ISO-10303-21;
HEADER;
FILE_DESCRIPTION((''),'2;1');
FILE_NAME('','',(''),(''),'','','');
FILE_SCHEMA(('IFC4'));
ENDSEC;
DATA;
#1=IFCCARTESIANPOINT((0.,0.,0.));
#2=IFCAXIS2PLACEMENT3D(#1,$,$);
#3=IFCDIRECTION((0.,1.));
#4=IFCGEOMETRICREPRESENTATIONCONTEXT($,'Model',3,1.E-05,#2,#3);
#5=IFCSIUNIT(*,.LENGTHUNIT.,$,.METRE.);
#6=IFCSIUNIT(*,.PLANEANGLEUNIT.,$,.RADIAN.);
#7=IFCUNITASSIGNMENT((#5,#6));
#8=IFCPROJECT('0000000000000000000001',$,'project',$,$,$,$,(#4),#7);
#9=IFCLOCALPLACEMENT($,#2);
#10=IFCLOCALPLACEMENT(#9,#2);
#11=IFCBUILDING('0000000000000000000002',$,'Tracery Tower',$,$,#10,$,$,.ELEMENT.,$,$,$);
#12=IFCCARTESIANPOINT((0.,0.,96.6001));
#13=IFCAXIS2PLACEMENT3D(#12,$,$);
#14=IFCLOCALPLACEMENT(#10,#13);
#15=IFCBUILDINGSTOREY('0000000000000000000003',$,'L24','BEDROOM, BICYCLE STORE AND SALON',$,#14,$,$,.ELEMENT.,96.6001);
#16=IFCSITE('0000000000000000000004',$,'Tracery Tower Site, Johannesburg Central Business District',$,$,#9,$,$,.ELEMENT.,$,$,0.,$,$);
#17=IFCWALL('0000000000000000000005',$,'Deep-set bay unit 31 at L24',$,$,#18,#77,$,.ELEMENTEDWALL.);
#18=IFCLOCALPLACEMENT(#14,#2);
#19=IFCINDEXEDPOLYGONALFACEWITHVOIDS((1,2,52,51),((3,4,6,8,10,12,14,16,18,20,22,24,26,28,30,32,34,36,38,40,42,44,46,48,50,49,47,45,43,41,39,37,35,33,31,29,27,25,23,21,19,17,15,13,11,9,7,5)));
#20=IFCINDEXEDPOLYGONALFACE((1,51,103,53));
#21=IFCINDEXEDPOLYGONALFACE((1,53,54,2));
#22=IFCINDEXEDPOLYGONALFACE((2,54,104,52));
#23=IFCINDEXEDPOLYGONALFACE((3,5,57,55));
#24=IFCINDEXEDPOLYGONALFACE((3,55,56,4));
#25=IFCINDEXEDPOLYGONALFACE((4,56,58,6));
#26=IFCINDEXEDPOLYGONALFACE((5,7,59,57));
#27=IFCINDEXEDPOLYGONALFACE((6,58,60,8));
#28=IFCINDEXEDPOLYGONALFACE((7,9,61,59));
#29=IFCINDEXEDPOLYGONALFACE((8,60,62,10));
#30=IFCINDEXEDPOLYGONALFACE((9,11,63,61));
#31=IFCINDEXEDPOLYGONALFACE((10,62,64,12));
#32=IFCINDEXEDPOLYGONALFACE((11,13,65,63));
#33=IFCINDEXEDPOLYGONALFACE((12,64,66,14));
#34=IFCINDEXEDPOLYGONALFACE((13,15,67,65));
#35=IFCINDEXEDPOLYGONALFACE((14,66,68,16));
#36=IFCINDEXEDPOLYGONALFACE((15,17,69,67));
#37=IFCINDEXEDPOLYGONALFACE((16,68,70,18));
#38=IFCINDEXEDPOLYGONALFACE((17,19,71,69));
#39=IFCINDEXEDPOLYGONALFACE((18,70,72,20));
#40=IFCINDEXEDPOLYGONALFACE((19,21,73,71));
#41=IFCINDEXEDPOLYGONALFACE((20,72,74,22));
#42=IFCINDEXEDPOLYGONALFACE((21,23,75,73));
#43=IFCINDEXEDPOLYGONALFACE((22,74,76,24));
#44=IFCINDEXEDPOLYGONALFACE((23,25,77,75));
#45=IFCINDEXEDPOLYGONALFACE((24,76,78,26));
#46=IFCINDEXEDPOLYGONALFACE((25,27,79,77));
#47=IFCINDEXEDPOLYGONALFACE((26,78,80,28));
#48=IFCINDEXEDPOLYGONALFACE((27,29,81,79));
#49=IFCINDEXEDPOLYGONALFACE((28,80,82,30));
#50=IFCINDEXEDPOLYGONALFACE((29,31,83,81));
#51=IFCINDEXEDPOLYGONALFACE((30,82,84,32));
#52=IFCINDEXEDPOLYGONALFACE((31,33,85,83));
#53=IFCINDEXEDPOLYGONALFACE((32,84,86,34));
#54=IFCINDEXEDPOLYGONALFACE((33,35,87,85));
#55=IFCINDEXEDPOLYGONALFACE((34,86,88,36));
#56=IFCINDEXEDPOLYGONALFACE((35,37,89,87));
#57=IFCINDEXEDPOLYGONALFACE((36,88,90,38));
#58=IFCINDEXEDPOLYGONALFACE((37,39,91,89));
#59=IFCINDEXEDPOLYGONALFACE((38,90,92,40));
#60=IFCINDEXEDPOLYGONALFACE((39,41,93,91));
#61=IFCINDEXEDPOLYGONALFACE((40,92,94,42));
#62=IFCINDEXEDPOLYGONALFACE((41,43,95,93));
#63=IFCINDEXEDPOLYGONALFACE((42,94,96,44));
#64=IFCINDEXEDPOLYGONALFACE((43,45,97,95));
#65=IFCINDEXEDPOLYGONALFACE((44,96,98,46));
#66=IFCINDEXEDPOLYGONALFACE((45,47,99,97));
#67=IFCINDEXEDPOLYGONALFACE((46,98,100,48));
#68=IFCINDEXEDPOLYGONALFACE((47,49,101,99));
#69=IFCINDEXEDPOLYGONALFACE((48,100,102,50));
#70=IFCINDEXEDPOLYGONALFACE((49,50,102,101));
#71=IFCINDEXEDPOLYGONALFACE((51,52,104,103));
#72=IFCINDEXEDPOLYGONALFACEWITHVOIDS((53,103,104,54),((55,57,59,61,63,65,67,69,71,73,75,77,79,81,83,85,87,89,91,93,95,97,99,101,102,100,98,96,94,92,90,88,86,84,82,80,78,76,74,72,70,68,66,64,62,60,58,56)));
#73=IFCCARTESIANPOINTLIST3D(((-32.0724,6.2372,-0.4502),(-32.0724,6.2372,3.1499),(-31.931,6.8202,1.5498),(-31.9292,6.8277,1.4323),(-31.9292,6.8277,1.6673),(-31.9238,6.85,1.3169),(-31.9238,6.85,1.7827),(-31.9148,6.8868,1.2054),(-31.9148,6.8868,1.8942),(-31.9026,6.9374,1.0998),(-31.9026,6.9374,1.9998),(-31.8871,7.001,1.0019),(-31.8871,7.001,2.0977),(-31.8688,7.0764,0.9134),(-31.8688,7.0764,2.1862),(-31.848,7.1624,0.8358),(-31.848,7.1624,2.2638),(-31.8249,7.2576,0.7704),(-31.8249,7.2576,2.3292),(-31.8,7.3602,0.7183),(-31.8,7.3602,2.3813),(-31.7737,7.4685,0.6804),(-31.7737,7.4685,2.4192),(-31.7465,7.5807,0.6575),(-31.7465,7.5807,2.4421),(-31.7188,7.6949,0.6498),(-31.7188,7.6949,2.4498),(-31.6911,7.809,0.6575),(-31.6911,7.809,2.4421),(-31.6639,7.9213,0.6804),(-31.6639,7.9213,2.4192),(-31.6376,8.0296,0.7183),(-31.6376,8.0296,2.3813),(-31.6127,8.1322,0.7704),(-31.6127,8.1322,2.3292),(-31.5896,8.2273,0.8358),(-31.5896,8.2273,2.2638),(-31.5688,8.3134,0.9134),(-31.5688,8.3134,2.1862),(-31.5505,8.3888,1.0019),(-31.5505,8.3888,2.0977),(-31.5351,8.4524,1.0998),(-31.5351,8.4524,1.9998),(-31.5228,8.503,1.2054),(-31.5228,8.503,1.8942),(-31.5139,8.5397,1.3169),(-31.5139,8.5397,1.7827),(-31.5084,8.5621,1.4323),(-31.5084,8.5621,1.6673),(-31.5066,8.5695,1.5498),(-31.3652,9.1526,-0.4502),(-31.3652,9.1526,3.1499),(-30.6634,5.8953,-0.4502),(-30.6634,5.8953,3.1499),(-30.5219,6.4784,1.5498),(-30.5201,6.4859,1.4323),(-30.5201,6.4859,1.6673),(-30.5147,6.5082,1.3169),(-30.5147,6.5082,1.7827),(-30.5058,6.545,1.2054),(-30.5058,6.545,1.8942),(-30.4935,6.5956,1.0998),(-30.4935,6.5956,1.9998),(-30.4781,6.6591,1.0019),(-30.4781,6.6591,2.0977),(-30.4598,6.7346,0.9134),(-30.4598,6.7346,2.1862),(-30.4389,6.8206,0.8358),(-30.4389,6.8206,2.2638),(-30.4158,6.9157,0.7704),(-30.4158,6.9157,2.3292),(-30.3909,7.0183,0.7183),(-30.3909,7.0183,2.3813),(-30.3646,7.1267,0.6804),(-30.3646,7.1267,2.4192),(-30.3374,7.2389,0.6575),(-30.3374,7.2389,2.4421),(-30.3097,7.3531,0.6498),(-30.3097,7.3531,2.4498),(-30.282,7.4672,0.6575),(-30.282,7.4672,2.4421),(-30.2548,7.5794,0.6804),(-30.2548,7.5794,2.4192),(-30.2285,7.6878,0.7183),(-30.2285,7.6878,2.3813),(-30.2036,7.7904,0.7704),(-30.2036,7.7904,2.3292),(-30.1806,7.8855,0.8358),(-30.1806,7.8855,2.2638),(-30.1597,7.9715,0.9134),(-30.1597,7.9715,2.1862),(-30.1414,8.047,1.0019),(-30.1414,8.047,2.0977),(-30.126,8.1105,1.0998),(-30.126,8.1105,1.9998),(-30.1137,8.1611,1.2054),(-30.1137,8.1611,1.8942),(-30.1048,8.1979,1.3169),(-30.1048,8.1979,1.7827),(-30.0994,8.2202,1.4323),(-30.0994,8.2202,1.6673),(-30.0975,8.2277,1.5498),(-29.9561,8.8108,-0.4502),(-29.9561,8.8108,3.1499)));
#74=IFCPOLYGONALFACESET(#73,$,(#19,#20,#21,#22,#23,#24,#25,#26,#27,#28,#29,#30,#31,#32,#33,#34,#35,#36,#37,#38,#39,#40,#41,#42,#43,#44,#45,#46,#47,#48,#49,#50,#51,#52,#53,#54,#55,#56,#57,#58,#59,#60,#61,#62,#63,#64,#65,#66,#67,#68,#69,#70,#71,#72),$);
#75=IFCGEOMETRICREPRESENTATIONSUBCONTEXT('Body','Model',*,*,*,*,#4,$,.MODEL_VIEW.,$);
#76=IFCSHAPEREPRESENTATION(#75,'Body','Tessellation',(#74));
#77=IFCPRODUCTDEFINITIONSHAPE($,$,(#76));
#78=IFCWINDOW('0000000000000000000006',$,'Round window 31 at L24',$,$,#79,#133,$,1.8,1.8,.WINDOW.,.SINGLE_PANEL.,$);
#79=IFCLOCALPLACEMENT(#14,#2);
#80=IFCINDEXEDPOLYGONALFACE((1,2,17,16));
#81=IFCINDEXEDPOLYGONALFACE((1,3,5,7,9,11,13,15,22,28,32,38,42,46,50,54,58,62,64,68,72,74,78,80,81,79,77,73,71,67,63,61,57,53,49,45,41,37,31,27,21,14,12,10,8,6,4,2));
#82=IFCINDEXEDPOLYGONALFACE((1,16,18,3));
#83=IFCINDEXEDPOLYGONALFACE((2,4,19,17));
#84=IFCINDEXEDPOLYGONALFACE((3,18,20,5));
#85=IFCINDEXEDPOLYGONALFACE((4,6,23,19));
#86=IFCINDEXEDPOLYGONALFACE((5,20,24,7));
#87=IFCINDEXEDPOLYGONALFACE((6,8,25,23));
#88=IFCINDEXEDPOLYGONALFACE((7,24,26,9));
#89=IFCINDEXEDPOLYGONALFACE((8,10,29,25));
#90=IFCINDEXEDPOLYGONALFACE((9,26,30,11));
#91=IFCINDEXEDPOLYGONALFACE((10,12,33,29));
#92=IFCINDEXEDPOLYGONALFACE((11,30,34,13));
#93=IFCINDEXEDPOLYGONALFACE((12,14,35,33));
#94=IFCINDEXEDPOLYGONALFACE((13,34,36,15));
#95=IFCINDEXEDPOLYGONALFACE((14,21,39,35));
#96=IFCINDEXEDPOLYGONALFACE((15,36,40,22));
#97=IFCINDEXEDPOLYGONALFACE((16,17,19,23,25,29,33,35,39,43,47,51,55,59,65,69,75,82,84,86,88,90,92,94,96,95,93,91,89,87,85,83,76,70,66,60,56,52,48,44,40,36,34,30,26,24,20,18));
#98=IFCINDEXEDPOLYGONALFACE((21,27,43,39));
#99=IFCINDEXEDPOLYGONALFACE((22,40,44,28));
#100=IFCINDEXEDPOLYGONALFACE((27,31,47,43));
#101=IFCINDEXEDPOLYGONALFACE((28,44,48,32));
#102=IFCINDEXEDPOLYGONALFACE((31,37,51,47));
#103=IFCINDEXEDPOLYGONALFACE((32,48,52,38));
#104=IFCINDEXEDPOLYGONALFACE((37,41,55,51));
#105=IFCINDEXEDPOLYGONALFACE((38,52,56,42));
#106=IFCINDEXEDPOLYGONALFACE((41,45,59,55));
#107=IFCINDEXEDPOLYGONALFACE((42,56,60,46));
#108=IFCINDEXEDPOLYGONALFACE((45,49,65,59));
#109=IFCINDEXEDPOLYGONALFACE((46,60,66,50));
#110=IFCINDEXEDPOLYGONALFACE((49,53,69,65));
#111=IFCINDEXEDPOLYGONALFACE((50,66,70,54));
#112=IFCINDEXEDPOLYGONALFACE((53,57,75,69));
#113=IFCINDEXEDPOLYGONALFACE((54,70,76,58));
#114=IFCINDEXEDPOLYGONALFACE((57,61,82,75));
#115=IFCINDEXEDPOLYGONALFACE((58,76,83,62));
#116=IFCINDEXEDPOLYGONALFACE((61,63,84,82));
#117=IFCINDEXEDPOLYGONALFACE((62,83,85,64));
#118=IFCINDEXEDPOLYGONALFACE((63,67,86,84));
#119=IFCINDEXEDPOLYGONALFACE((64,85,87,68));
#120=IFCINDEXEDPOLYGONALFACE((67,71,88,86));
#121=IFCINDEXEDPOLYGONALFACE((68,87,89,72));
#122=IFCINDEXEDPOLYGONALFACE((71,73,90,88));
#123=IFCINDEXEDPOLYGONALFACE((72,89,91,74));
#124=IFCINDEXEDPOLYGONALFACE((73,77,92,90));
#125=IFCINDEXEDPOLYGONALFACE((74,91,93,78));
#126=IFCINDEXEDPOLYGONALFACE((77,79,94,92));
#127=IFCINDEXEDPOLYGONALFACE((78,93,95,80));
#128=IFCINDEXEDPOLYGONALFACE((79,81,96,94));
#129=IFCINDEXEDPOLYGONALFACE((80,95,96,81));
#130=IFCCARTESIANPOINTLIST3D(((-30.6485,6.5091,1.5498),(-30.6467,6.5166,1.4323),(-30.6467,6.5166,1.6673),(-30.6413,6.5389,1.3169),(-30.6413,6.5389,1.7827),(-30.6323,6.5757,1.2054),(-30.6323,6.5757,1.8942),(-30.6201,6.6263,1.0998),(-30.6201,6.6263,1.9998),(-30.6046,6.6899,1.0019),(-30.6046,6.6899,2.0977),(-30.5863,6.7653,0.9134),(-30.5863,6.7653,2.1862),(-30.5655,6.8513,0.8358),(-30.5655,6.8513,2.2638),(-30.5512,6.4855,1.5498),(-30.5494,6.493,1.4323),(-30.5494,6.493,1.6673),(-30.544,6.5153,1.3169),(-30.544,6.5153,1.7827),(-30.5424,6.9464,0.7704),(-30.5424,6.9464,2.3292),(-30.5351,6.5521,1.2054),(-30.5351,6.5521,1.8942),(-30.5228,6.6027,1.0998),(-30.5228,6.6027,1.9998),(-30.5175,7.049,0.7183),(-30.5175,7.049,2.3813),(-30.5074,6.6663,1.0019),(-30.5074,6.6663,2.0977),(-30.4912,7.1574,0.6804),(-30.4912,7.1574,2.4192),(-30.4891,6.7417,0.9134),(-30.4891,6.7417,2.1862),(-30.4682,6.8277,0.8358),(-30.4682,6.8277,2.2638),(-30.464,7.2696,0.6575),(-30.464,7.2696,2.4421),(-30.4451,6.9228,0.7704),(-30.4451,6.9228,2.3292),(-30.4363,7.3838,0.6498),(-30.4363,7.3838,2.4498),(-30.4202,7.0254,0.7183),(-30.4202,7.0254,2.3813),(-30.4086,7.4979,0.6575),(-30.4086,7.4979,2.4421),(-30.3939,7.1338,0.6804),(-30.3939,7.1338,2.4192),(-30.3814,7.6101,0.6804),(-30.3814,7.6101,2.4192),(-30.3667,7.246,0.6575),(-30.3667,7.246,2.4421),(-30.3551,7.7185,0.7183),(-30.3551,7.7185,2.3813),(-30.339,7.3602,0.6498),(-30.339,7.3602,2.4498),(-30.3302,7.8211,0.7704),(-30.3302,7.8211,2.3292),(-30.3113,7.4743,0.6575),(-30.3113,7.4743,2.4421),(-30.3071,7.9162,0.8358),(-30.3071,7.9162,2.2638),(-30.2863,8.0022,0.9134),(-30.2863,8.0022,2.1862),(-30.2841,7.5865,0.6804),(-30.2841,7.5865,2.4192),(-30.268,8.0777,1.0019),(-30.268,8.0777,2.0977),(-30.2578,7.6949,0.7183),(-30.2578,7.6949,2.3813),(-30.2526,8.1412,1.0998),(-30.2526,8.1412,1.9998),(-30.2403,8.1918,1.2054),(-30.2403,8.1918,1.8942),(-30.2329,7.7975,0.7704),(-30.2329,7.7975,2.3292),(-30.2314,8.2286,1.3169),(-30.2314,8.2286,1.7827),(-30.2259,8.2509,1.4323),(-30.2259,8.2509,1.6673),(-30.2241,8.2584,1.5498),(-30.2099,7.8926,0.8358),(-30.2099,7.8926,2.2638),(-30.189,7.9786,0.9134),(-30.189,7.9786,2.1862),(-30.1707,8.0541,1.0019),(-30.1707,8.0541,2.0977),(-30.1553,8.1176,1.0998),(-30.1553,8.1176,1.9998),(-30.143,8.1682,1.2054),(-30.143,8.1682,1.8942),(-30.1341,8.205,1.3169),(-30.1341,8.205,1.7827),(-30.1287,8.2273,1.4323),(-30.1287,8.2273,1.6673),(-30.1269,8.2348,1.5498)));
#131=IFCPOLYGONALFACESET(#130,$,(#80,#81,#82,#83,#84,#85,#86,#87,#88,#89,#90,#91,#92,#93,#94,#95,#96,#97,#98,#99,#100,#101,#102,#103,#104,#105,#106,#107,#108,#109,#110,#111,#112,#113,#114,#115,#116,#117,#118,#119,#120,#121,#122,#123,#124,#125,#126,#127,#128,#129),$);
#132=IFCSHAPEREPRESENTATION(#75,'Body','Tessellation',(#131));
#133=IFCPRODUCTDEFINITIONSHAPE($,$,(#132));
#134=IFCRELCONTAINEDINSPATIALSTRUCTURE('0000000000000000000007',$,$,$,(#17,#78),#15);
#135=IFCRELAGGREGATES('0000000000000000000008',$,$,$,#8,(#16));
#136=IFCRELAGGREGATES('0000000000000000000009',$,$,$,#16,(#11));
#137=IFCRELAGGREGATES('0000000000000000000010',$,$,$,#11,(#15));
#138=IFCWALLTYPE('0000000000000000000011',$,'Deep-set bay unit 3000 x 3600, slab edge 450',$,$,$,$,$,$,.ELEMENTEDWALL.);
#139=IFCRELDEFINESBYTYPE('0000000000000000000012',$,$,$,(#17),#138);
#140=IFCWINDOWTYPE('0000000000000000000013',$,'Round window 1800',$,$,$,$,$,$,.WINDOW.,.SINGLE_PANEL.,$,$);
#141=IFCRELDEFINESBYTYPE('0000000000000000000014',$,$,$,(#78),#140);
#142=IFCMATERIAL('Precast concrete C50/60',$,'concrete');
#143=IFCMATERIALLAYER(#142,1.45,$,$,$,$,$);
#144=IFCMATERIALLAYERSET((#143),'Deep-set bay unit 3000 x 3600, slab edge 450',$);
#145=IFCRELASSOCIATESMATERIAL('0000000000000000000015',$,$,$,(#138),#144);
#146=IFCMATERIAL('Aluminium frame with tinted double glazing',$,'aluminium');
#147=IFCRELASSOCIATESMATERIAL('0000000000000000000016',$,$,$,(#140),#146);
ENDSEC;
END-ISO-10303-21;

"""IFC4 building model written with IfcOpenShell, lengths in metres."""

from ifc_helpers import new_model, si_unit, direction, frame, frame_2d, origin, origin_2d, place, context, subcontext, project, spatial, rectangle, circle, extrude, material, layer, layer_set, type_object, element, fill, save


model = new_model("IFC4")

# Units and contexts
model_context = context("Model", 3, precision=1e-05, world=origin(), true_north=direction((0.0, 1.0)))
body_context = subcontext(model_context, "Body", "Model", "MODEL_VIEW")
ifc_project = project(units=[si_unit("LENGTHUNIT", "METRE"), si_unit("PLANEANGLEUNIT", "RADIAN")], contexts=[model_context])

# Site, building, storey
site_placement = place(None, origin())
site = spatial("IfcSite", under=ifc_project, at=site_placement, Name="Tracery Tower Site, Johannesburg Central Business District", CompositionType="ELEMENT", RefElevation=0.0)
building_placement = place(site_placement, origin())
building = spatial("IfcBuilding", under=site, at=building_placement, Name="Tracery Tower", CompositionType="ELEMENT")
storey_placement = place(building_placement, frame((0.0, 0.0, 96.6001)))
storey = spatial("IfcBuildingStorey", under=building, at=storey_placement, Name="L24", Description="BEDROOM, BICYCLE STORE AND SALON", CompositionType="ELEMENT", Elevation=96.6001)

# Wall, opening, window
ifc_material_1 = material(Name="Precast concrete C50/60", Category="concrete")
ifc_layer_1 = layer(ifc_material_1, 1.45)
ifc_layer_set_1 = layer_set([ifc_layer_1], Name="Deep-set bay unit 3000 x 3600, slab edge 450")
wall_type_1 = type_object("IfcWallType", Name="Deep-set bay unit 3000 x 3600, slab edge 450", PredefinedType="ELEMENTEDWALL", material=ifc_layer_set_1)
wall_1_placement = place(storey_placement, frame((-30.6606, 8.9817, -0.4502), z_axis=(0.0, 0.0, 1.0), x_axis=(-0.235751, -0.971813, 0.0)))
wall_1 = element("IfcWall", 1, at=wall_1_placement, inside=storey, type_object=wall_type_1, Name="Deep-set bay unit 31 at L24", PredefinedType="ELEMENTEDWALL", context=body_context, shape_type="SweptSolid", body=[
    extrude(rectangle(XDim=3.0, YDim=1.45, at=frame_2d((1.5, 0.0))), origin(), (0.0, 0.0, 1.0), 3.6001),
])
opening_1_placement = place(wall_1_placement, frame((1.5, 0.0, 2.0)))
opening_1 = element("IfcOpeningElement", 2, at=opening_1_placement, cuts=wall_1, PredefinedType="OPENING", context=body_context, shape_type="SweptSolid", body=[
    extrude(circle(Radius=0.9, at=origin_2d()), frame((0.0, 0.7349, 0.0), z_axis=(0.0, -1.0, 0.0), x_axis=(1.0, 0.0, 0.0)), (0.0, 0.0, 1.0), 1.47),
])
ifc_material_2 = material(Name="Aluminium frame with tinted double glazing", Category="aluminium")
window_type = type_object("IfcWindowType", Name="Round window 1800", PartitioningType="SINGLE_PANEL", PredefinedType="WINDOW", material=ifc_material_2)
window_1_placement = place(opening_1_placement, origin())
window_1 = element("IfcWindow", 3, at=window_1_placement, inside=storey, type_object=window_type, Name="Round window 31 at L24", OverallHeight=1.8, OverallWidth=1.8, PartitioningType="SINGLE_PANEL", PredefinedType="WINDOW", context=body_context, shape_type="SweptSolid", body=[
    extrude(circle(Radius=0.9, at=origin_2d()), frame((0.0, 0.6948, 0.0), z_axis=(0.0, -1.0, 0.0), x_axis=(1.0, 0.0, 0.0)), (0.0, 0.0, 1.0), 0.1001),
])
fill(opening_1, window_1)

save(model, "model.ifc")
